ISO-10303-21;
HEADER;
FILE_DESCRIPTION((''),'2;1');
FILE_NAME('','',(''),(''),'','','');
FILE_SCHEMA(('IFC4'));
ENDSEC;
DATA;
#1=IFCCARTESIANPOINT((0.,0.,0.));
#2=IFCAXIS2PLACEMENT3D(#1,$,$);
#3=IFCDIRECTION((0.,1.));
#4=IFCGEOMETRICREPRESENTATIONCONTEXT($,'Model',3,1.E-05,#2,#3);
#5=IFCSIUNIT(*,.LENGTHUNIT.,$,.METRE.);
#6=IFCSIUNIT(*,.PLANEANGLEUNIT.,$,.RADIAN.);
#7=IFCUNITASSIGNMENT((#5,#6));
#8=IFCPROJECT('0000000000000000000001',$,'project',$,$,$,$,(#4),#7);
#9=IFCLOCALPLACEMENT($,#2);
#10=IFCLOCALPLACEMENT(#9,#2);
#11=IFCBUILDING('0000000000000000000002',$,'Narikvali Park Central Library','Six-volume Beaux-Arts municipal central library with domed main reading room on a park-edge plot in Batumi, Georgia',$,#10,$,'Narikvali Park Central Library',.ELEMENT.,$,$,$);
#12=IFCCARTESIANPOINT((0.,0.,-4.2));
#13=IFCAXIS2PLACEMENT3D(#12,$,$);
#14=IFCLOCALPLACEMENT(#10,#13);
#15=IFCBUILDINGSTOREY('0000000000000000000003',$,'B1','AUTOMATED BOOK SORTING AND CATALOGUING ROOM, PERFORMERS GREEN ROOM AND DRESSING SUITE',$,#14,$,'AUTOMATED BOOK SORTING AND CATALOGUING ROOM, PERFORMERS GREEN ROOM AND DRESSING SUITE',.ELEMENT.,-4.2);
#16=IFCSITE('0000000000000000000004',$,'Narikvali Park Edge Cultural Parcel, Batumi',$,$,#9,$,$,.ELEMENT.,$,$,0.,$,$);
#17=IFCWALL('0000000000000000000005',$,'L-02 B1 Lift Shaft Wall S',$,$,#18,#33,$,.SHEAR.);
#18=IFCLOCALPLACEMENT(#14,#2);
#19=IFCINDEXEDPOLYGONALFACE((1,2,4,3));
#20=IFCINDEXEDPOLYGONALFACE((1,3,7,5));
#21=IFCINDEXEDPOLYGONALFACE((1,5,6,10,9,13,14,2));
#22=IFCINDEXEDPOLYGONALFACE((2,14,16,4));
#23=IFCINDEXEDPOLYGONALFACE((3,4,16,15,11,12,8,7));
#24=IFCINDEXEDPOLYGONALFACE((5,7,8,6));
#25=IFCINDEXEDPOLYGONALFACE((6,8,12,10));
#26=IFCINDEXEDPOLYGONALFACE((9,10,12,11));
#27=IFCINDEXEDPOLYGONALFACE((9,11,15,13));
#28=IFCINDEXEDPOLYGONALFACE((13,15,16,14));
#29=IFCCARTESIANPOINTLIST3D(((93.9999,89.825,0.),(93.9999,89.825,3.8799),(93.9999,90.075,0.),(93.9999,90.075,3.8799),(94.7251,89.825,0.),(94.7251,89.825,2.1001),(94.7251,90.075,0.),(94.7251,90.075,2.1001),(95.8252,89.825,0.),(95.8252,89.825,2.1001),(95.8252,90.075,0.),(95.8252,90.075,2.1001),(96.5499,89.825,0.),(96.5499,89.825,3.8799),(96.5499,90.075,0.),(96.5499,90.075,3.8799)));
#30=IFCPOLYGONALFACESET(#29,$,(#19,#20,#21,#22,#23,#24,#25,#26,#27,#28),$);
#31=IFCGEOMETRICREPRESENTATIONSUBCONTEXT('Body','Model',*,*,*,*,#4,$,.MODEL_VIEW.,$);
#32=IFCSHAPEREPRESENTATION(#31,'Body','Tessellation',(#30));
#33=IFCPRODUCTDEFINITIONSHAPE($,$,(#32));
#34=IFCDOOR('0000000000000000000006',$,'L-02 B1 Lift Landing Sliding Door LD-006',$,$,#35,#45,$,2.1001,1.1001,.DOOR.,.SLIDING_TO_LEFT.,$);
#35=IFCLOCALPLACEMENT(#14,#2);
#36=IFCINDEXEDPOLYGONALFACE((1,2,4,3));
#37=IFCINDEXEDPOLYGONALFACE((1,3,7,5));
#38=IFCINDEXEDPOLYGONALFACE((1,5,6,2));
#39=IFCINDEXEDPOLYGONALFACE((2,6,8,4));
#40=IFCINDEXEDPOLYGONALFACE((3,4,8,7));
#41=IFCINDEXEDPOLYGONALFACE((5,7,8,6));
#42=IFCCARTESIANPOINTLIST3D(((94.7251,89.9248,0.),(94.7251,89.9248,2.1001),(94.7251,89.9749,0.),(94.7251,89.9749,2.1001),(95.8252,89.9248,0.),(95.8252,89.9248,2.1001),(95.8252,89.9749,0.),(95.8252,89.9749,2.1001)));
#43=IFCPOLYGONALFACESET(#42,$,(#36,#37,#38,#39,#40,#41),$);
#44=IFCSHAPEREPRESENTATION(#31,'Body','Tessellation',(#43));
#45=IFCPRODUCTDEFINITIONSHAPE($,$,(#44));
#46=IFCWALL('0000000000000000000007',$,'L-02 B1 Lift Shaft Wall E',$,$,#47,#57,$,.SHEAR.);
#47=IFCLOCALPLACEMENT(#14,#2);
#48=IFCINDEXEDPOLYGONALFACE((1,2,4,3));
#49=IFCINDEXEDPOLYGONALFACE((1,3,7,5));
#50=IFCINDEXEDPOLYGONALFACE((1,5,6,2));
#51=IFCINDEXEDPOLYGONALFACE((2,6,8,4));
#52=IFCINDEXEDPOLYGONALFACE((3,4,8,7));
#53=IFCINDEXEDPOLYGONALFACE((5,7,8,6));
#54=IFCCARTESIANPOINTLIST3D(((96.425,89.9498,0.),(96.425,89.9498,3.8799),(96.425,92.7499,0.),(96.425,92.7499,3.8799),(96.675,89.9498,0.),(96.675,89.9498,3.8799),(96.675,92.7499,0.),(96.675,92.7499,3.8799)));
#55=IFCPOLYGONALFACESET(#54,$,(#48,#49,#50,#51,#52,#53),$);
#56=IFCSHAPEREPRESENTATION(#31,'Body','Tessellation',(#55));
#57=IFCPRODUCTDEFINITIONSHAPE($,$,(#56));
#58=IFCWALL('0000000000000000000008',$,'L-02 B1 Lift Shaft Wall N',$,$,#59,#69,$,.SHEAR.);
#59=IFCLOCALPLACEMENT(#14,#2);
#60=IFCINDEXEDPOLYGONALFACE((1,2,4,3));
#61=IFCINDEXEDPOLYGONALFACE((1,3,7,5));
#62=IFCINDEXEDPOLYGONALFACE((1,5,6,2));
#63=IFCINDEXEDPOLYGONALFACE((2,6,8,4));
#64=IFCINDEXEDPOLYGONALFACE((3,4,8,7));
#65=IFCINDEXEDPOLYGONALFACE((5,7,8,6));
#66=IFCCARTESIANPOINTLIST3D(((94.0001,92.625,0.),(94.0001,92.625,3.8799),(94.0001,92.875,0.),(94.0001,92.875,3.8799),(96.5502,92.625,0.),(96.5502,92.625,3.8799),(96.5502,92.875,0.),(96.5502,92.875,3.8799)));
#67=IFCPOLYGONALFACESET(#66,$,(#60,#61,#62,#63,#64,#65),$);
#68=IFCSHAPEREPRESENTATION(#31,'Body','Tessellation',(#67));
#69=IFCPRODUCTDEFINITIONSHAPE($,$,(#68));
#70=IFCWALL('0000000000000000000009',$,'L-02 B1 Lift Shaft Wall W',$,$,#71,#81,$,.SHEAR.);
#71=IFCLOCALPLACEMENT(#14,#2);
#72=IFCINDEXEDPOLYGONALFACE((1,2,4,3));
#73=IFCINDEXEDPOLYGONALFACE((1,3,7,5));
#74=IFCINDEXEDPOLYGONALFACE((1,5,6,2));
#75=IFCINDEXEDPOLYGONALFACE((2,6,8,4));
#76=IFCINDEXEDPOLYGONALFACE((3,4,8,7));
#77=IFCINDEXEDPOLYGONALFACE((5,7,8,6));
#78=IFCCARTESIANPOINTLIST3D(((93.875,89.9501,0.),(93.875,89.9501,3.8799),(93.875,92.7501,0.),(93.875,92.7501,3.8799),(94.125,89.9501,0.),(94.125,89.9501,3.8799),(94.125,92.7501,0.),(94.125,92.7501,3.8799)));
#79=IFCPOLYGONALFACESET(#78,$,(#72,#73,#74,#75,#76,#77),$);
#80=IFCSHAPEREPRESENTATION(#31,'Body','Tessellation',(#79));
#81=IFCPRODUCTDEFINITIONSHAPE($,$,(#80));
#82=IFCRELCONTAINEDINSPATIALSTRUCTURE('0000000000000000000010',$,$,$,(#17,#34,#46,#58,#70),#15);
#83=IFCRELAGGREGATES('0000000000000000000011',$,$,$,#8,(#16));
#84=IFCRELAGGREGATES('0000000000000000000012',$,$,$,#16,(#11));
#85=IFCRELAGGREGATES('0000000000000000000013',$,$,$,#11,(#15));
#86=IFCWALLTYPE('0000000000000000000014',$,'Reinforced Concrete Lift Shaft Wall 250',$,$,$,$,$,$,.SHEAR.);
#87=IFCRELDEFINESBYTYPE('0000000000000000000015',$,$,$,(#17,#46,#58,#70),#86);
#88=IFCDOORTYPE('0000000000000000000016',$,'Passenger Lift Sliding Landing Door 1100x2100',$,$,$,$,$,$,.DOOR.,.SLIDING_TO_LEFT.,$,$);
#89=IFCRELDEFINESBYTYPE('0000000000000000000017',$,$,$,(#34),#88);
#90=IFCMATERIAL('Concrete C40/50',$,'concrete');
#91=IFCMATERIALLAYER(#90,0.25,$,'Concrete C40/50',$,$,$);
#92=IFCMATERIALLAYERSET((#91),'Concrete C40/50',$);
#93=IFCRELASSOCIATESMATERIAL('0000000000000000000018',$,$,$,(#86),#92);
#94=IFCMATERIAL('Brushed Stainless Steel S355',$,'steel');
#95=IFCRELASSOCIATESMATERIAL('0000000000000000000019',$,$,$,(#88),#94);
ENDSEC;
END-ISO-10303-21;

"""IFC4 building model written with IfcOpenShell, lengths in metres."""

from ifc_helpers import new_model, si_unit, direction, frame, frame_2d, origin, place, context, subcontext, project, spatial, rectangle, extrude, material, layer, layer_set, type_object, element, fill, save


model = new_model("IFC4")

# Units and contexts
model_context = context("Model", 3, precision=1e-05, world=origin(), true_north=direction((0.0, 1.0)))
body_context = subcontext(model_context, "Body", "Model", "MODEL_VIEW")
ifc_project = project(units=[si_unit("LENGTHUNIT", "METRE"), si_unit("PLANEANGLEUNIT", "RADIAN")], contexts=[model_context])

# Site, building, storey
site_placement = place(None, origin())
site = spatial("IfcSite", under=ifc_project, at=site_placement, Name="Narikvali Park Edge Cultural Parcel, Batumi", CompositionType="ELEMENT", RefElevation=0.0)
building_placement = place(site_placement, origin())
building = spatial("IfcBuilding", under=site, at=building_placement, Name="Narikvali Park Central Library", Description="Six-volume Beaux-Arts municipal central library with domed main reading room on a park-edge plot in Batumi, Georgia", LongName="Narikvali Park Central Library", CompositionType="ELEMENT")
storey_placement = place(building_placement, frame((0.0, 0.0, -4.2)))
storey = spatial("IfcBuildingStorey", under=building, at=storey_placement, Name="B1", Description="AUTOMATED BOOK SORTING AND CATALOGUING ROOM, PERFORMERS GREEN ROOM AND DRESSING SUITE", LongName="AUTOMATED BOOK SORTING AND CATALOGUING ROOM, PERFORMERS GREEN ROOM AND DRESSING SUITE", CompositionType="ELEMENT", Elevation=-4.2)

# Shared definitions
ifc_material_1 = material(Name="Concrete C40/50", Category="concrete")

# Wall, opening, door
ifc_layer_1 = layer(ifc_material_1, 0.25, Name="Concrete C40/50")
ifc_layer_set_1 = layer_set([ifc_layer_1], Name="Concrete C40/50")
wall_type_1 = type_object("IfcWallType", Name="Reinforced Concrete Lift Shaft Wall 250", PredefinedType="SHEAR", material=ifc_layer_set_1)
wall_1_placement = place(storey_placement, frame((94.0, 89.95, 0.0), z_axis=(0.0, 0.0, 1.0), x_axis=(1.0, 0.0, 0.0)))
wall_1 = element("IfcWall", 1, at=wall_1_placement, inside=storey, type_object=wall_type_1, Name="L-02 B1 Lift Shaft Wall S", PredefinedType="SHEAR", context=body_context, shape_type="SweptSolid", body=[
    extrude(rectangle(XDim=2.55, YDim=0.25, at=frame_2d((1.2749, 0.0))), origin(), (0.0, 0.0, 1.0), 3.8799),
])
opening_placement = place(wall_1_placement, frame((0.7251, 0.0, 0.0)))
opening = element("IfcOpeningElement", 2, at=opening_placement, cuts=wall_1, PredefinedType="OPENING", context=body_context, shape_type="SweptSolid", body=[
    extrude(rectangle(XDim=1.1001, YDim=2.1001, at=frame_2d((0.55, 1.05))), frame((0.0, 0.137, 0.0), z_axis=(0.0, -1.0, 0.0), x_axis=(1.0, 0.0, 0.0)), (0.0, 0.0, 1.0), 0.2739),
])
ifc_material_2 = material(Name="Brushed Stainless Steel S355", Category="steel")
door_type = type_object("IfcDoorType", Name="Passenger Lift Sliding Landing Door 1100x2100", OperationType="SLIDING_TO_LEFT", PredefinedType="DOOR", material=ifc_material_2)
door_placement = place(opening_placement, origin())
door = element("IfcDoor", 3, at=door_placement, inside=storey, type_object=door_type, Name="L-02 B1 Lift Landing Sliding Door LD-006", OperationType="SLIDING_TO_LEFT", OverallHeight=2.1001, OverallWidth=1.1001, PredefinedType="DOOR", context=body_context, shape_type="SweptSolid", body=[
    extrude(rectangle(XDim=1.1001, YDim=2.1001, at=frame_2d((0.55, 1.05))), frame((0.0, 0.0249, 0.0), z_axis=(0.0, -1.0, 0.0), x_axis=(1.0, 0.0, 0.0)), (0.0, 0.0, 1.0), 0.05),
])
fill(opening, door)

# Walls
wall_2_placement = place(storey_placement, frame((96.55, 89.95, 0.0), z_axis=(0.0, 0.0, 1.0), x_axis=(0.0, 1.0, 0.0)))
element("IfcWall", 4, at=wall_2_placement, inside=storey, type_object=wall_type_1, Name="L-02 B1 Lift Shaft Wall E", PredefinedType="SHEAR", context=body_context, shape_type="SweptSolid", body=[
    extrude(rectangle(XDim=2.8, YDim=0.25, at=frame_2d((1.3999, 0.0))), origin(), (0.0, 0.0, 1.0), 3.8799),
])
wall_3_placement = place(storey_placement, frame((96.55, 92.75, 0.0), z_axis=(0.0, 0.0, 1.0), x_axis=(-1.0, 0.0, 0.0)))
element("IfcWall", 5, at=wall_3_placement, inside=storey, type_object=wall_type_1, Name="L-02 B1 Lift Shaft Wall N", PredefinedType="SHEAR", context=body_context, shape_type="SweptSolid", body=[
    extrude(rectangle(XDim=2.55, YDim=0.25, at=frame_2d((1.2749, 0.0))), origin(), (0.0, 0.0, 1.0), 3.8799),
])
wall_4_placement = place(storey_placement, frame((94.0, 92.75, 0.0), z_axis=(0.0, 0.0, 1.0), x_axis=(0.0, -1.0, 0.0)))
element("IfcWall", 6, at=wall_4_placement, inside=storey, type_object=wall_type_1, Name="L-02 B1 Lift Shaft Wall W", PredefinedType="SHEAR", context=body_context, shape_type="SweptSolid", body=[
    extrude(rectangle(XDim=2.8, YDim=0.25, at=frame_2d((1.3999, 0.0))), origin(), (0.0, 0.0, 1.0), 3.8799),
])

save(model, "model.ifc")
